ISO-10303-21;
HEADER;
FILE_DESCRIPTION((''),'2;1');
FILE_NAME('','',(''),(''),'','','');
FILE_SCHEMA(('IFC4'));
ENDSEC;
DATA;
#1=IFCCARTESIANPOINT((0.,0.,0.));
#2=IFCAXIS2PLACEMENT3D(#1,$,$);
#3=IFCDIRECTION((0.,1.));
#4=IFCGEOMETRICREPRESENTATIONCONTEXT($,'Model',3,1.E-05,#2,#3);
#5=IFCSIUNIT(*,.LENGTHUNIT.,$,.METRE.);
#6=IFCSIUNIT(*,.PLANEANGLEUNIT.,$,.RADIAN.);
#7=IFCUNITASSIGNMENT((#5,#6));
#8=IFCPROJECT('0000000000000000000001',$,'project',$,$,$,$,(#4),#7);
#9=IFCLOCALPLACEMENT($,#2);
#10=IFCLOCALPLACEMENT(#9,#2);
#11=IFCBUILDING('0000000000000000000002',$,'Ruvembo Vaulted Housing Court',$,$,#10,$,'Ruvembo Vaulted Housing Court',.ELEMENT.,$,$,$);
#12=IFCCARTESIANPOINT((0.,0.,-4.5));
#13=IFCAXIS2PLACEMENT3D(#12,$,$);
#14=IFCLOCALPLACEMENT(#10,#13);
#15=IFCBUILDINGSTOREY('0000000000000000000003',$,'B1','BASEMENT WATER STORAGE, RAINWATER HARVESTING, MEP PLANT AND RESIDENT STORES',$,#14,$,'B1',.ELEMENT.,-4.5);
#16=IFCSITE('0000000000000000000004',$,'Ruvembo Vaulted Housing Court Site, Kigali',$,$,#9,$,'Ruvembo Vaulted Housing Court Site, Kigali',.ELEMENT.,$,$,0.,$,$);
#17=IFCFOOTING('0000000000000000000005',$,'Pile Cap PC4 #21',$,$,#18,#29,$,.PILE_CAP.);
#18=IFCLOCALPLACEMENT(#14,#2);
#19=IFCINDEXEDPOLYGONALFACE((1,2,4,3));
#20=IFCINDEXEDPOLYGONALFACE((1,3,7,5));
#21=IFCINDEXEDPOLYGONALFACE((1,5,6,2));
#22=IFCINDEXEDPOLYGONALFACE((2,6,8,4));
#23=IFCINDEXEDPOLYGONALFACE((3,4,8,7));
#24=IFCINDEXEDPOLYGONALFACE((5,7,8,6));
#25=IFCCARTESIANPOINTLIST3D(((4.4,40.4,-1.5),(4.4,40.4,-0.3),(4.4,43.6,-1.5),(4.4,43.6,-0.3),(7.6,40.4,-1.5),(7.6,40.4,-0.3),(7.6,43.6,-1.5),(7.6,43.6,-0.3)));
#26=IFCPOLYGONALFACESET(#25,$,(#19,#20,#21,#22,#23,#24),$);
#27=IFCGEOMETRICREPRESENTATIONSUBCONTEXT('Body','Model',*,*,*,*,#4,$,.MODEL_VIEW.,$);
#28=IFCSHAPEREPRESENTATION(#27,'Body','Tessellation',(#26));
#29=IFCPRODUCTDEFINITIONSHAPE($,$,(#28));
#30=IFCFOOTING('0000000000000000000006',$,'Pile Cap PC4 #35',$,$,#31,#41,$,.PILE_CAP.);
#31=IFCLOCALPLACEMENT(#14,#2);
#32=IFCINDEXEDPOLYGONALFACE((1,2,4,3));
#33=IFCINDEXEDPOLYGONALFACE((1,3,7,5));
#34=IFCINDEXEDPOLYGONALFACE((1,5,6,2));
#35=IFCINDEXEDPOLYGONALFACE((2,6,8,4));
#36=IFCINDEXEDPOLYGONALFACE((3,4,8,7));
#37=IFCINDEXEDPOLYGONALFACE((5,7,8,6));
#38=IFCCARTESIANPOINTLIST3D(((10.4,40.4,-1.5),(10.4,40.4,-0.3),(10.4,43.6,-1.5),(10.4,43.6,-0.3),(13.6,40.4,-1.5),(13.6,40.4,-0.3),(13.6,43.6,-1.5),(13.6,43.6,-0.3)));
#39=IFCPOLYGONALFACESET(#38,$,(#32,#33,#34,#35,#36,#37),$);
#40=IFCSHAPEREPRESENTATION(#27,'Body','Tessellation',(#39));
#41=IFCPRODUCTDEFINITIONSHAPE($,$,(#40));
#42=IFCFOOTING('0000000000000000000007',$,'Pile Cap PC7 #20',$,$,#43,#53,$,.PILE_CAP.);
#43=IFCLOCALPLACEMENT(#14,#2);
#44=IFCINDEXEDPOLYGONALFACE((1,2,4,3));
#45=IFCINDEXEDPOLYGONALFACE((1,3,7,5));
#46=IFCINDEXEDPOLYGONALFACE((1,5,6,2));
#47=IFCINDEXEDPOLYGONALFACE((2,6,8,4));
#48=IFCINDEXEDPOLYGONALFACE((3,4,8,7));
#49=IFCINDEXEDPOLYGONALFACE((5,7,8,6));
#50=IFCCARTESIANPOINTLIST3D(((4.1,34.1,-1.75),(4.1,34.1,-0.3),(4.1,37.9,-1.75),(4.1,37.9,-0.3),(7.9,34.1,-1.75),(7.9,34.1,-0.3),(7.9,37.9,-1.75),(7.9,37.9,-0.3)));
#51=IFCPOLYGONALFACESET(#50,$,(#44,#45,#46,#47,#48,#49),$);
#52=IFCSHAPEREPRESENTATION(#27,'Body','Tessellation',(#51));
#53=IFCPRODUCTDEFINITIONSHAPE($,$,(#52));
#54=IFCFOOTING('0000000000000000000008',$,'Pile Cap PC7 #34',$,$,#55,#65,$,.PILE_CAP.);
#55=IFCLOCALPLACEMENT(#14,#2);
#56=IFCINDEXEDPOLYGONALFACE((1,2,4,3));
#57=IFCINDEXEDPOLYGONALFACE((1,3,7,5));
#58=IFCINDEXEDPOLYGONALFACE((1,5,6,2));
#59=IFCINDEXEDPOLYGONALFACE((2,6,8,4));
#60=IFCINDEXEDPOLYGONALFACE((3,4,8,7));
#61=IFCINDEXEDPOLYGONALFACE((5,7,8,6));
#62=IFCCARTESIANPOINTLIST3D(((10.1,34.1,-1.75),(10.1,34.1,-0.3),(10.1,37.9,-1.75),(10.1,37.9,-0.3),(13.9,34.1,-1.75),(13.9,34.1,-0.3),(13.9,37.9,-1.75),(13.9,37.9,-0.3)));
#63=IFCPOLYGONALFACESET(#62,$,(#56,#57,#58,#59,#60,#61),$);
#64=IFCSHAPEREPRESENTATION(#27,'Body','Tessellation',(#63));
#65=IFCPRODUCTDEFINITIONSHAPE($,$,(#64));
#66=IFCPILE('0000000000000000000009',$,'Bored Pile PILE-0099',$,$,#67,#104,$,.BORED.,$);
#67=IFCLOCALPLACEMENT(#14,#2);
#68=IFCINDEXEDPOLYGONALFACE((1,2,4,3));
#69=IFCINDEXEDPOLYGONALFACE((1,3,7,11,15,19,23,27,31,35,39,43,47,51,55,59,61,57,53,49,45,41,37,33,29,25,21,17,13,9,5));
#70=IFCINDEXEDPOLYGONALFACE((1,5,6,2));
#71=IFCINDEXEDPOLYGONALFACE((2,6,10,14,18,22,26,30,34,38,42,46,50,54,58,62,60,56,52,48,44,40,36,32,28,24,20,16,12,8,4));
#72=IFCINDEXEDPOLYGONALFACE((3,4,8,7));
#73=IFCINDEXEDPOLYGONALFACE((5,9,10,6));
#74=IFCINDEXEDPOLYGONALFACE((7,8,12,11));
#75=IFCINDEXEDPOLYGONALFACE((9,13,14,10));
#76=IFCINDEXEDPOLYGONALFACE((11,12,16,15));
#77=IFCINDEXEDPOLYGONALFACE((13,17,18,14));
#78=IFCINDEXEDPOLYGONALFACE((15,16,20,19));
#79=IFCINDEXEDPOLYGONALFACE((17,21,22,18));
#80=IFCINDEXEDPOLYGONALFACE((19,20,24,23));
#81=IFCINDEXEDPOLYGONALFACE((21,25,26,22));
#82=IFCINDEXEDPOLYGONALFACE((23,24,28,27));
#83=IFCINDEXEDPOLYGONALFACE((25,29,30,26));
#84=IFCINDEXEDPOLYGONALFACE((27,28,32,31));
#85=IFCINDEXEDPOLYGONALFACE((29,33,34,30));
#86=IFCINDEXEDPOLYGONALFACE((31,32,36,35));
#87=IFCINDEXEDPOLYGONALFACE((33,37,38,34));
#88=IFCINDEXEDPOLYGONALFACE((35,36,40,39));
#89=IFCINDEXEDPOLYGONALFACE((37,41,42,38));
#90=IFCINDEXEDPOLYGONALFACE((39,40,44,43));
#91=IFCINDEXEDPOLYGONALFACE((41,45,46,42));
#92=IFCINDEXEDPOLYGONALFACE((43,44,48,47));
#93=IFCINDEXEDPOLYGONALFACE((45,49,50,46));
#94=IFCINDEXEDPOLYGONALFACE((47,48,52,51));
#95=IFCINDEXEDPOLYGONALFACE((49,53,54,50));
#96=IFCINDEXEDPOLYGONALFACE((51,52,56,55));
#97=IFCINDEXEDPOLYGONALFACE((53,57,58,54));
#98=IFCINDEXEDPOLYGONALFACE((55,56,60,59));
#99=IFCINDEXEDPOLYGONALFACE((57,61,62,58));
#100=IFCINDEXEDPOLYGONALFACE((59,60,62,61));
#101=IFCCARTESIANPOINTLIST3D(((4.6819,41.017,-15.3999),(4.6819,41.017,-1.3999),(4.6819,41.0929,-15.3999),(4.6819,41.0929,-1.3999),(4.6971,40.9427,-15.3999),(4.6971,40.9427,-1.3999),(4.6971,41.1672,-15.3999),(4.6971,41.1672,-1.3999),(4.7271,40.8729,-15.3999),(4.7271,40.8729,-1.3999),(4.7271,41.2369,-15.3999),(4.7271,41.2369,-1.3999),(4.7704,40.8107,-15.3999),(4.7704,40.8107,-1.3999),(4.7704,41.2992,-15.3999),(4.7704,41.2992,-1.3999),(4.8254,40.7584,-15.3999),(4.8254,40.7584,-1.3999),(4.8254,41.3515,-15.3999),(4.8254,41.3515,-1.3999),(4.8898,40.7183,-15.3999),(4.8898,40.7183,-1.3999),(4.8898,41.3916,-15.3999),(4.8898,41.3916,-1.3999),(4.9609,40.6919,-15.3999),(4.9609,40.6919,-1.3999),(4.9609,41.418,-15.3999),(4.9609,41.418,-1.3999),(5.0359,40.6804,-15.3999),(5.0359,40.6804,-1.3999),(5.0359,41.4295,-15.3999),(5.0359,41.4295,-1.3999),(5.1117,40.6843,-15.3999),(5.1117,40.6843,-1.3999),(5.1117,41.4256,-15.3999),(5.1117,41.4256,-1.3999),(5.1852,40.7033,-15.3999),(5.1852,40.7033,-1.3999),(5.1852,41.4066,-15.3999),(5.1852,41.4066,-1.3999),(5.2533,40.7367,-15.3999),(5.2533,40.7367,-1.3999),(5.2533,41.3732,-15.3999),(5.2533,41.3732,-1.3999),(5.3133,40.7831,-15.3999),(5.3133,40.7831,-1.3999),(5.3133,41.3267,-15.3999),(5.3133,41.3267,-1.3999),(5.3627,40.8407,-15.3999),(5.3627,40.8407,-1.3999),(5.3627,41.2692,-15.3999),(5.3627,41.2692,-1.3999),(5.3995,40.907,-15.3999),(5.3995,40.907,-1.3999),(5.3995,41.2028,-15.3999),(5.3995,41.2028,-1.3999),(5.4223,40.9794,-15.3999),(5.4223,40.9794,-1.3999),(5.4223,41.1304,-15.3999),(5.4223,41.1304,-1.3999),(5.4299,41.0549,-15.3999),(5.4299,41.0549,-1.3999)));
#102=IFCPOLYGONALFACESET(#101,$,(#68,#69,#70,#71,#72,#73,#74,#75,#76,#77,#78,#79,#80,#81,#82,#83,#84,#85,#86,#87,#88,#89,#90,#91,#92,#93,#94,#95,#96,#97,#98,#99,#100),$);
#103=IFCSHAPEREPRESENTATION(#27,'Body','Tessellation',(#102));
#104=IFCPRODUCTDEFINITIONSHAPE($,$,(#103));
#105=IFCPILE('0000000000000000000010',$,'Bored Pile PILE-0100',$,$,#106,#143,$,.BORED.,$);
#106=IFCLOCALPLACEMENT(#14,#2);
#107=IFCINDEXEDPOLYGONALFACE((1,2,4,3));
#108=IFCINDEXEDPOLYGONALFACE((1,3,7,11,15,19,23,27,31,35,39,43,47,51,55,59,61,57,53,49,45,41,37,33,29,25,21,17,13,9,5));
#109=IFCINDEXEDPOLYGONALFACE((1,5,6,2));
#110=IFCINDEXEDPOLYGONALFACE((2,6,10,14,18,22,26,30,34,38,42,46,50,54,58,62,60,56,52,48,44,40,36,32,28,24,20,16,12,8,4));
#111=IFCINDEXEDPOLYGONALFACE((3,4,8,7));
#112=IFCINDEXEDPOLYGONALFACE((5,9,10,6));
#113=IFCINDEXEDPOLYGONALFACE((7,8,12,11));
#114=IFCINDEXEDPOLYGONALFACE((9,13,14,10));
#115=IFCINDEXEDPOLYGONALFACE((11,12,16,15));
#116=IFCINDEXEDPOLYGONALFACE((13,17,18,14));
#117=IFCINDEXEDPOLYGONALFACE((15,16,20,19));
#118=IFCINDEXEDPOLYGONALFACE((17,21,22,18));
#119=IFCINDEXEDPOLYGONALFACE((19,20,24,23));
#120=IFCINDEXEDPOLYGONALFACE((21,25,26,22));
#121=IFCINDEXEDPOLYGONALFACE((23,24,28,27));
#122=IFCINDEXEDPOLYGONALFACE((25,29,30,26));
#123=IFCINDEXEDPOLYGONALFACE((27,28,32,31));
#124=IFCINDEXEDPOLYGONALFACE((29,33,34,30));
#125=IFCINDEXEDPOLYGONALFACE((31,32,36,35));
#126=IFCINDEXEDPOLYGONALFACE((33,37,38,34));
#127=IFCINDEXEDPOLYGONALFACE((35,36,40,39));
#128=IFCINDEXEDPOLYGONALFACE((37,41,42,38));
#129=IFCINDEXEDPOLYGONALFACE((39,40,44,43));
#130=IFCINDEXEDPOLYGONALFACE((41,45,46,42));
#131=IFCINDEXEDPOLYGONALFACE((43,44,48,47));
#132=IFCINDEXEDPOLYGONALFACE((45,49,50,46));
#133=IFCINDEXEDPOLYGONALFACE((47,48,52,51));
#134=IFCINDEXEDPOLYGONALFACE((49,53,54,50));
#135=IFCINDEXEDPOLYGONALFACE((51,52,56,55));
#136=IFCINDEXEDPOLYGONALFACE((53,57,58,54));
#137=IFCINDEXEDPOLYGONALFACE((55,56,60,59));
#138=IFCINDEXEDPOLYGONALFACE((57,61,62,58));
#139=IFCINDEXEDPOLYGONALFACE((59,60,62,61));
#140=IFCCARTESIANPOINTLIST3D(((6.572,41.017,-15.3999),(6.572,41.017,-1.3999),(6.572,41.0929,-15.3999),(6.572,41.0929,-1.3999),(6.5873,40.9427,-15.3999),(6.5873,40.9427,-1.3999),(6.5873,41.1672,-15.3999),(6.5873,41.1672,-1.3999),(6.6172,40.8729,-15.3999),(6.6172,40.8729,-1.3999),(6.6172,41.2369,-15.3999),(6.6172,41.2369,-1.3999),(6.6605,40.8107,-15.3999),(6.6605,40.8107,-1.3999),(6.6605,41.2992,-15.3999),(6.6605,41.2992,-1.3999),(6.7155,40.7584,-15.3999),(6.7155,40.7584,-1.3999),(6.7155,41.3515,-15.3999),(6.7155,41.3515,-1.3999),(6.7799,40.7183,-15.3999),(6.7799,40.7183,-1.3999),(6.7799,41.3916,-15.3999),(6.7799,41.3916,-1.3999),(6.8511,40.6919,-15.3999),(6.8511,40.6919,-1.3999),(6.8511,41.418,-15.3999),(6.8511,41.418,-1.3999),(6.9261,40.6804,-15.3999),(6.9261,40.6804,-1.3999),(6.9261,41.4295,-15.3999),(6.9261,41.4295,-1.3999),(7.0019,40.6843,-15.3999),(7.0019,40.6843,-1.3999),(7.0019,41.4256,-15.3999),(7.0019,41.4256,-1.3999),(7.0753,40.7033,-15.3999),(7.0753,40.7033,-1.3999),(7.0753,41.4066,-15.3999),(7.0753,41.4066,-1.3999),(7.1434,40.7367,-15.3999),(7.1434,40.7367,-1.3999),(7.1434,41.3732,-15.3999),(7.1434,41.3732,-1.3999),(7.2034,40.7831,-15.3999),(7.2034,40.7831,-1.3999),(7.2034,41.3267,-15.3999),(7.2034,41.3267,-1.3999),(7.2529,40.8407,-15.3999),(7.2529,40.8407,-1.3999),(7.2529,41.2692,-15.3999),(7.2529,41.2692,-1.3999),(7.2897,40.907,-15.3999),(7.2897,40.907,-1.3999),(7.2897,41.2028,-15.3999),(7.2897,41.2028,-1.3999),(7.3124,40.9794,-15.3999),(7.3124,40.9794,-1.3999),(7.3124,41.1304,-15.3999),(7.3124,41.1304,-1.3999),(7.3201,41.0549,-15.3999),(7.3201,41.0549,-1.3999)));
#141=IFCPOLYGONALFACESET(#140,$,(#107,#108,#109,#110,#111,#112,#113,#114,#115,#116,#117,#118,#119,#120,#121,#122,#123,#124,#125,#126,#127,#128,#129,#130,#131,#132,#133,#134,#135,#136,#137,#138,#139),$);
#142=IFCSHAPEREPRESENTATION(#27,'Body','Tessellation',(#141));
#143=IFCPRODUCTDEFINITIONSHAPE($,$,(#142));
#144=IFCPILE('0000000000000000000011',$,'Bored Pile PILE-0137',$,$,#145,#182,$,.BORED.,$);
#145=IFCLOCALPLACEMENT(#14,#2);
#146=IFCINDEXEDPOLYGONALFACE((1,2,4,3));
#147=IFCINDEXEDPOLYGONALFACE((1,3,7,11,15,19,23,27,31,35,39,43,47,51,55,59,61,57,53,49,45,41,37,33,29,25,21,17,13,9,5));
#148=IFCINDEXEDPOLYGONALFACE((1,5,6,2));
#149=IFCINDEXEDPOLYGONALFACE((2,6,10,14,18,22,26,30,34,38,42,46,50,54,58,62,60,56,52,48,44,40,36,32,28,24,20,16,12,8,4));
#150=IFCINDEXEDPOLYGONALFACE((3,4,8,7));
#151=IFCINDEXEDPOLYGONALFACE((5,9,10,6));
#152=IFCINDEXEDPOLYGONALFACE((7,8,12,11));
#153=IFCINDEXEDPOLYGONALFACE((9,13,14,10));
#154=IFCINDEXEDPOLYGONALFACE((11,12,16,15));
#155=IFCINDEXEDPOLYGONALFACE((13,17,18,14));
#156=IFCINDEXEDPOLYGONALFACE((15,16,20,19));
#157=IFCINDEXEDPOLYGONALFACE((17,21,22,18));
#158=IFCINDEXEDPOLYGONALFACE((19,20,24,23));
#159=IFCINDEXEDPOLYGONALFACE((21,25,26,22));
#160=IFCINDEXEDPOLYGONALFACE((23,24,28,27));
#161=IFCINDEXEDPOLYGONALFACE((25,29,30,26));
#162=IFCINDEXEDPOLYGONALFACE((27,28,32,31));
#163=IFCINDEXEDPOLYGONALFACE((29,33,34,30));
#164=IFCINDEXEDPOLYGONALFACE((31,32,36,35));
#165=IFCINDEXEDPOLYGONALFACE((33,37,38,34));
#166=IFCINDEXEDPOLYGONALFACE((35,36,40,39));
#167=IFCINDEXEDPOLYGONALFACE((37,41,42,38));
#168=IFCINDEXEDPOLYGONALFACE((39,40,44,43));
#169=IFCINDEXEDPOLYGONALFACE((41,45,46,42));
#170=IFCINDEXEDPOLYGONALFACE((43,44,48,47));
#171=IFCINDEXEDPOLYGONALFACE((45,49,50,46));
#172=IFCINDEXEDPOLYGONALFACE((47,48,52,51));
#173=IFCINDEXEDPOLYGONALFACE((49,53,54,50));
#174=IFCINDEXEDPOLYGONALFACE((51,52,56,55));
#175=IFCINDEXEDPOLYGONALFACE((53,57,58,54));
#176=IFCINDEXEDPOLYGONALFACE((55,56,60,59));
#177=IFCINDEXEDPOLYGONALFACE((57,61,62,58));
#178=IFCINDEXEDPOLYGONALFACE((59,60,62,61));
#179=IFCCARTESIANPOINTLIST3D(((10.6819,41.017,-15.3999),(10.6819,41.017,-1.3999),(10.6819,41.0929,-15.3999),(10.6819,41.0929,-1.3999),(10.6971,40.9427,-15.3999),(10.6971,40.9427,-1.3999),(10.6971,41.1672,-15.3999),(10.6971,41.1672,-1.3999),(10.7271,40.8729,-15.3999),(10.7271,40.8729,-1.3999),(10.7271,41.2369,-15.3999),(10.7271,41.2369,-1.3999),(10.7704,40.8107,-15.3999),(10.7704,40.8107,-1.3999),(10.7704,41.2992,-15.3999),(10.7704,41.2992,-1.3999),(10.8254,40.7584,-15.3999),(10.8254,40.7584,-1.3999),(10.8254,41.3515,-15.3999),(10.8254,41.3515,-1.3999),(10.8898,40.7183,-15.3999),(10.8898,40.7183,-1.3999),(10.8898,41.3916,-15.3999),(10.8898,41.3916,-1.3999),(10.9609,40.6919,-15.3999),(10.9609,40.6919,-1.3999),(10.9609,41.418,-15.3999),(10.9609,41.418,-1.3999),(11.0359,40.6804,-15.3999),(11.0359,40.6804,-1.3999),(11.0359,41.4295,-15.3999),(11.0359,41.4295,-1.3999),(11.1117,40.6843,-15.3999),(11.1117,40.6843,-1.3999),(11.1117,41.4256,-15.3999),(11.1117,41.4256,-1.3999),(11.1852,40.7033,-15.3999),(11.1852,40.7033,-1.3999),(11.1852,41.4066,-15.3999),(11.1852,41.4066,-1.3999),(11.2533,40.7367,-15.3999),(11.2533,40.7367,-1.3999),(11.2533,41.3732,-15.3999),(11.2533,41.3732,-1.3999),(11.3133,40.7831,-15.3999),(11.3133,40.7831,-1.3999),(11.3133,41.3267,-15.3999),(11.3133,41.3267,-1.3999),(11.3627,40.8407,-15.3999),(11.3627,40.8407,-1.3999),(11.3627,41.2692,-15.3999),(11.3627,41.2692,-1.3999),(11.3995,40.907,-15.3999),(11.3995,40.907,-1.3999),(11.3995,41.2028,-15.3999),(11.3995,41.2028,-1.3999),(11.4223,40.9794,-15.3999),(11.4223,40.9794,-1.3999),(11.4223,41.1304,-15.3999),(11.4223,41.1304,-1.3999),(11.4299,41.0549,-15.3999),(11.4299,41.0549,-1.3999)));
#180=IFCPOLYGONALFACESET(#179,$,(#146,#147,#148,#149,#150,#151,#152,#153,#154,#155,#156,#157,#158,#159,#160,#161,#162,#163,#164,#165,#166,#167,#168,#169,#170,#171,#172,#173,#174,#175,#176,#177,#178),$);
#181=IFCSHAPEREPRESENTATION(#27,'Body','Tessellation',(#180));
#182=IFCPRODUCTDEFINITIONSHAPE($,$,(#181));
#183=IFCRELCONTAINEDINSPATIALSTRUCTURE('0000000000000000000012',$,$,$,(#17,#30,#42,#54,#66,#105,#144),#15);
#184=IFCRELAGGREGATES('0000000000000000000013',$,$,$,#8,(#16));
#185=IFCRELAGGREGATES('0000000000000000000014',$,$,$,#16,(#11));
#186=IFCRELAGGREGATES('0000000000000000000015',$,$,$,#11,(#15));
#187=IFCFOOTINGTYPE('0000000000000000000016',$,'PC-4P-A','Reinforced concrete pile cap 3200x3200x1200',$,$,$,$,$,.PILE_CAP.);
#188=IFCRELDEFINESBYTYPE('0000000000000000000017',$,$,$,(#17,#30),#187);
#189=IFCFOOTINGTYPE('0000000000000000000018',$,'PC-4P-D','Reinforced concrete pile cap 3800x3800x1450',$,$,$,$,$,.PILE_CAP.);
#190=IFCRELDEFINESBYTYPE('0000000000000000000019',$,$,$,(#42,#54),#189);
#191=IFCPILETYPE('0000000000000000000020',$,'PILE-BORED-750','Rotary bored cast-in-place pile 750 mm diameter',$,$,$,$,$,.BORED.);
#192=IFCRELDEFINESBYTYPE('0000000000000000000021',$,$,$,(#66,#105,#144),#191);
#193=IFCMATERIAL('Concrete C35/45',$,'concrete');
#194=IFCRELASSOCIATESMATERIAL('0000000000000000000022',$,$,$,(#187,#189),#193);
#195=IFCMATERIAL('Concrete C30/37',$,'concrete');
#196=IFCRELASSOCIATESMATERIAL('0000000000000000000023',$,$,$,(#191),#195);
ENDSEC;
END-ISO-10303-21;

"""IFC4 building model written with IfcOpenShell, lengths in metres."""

from ifc_helpers import new_model, si_unit, direction, frame, origin, origin_2d, place, context, subcontext, project, spatial, rectangle, circle, extrude, material, material_profile, profile_set, type_object, element, save


model = new_model("IFC4")

# Units and contexts
model_context = context("Model", 3, precision=1e-05, world=origin(), true_north=direction((0.0, 1.0)))
body_context = subcontext(model_context, "Body", "Model", "MODEL_VIEW")
ifc_project = project(units=[si_unit("LENGTHUNIT", "METRE"), si_unit("PLANEANGLEUNIT", "RADIAN")], contexts=[model_context])

# Site, building, storey
site_placement = place(None, origin())
site = spatial("IfcSite", under=ifc_project, at=site_placement, Name="Ruvembo Vaulted Housing Court Site, Kigali", LongName="Ruvembo Vaulted Housing Court Site, Kigali", CompositionType="ELEMENT", RefElevation=0.0)
building_placement = place(site_placement, origin())
building = spatial("IfcBuilding", under=site, at=building_placement, Name="Ruvembo Vaulted Housing Court", LongName="Ruvembo Vaulted Housing Court", CompositionType="ELEMENT")
storey_placement = place(building_placement, frame((0.0, 0.0, -4.5)))
storey = spatial("IfcBuildingStorey", under=building, at=storey_placement, Name="B1", Description="BASEMENT WATER STORAGE, RAINWATER HARVESTING, MEP PLANT AND RESIDENT STORES", LongName="B1", CompositionType="ELEMENT", Elevation=-4.5)

# Footings
ifc_material_1 = material(Name="Concrete C35/45", Category="concrete")
footing_type_1 = type_object("IfcFootingType", Name="PC-4P-A", Description="Reinforced concrete pile cap 3200x3200x1200", PredefinedType="PILE_CAP", material=ifc_material_1)
for number, where, z_axis, x_axis, name in (
    (1, (6.0, 42.0, -1.5), (0.0, 0.0, 1.0), (1.0, 0.0, 0.0), "Pile Cap PC4 #21"),
    (2, (12.0, 42.0, -1.5), (0.0, 0.0, 1.0), (1.0, 0.0, 0.0), "Pile Cap PC4 #35"),
):
    element("IfcFooting", number, at=place(storey_placement, frame(where, z_axis=z_axis, x_axis=x_axis)), inside=storey, type_object=footing_type_1, Name=name, PredefinedType="PILE_CAP", context=body_context, shape_type="SweptSolid", body=[
        extrude(rectangle(XDim=3.2, YDim=3.2, at=origin_2d()), origin(), (0.0, 0.0, 1.0), 1.2),
    ])
footing_type_2 = type_object("IfcFootingType", Name="PC-4P-D", Description="Reinforced concrete pile cap 3800x3800x1450", PredefinedType="PILE_CAP", material=ifc_material_1)
for number, where, z_axis, x_axis, name in (
    (3, (6.0, 36.0, -1.75), (0.0, 0.0, 1.0), (1.0, 0.0, 0.0), "Pile Cap PC7 #20"),
    (4, (12.0, 36.0, -1.75), (0.0, 0.0, 1.0), (1.0, 0.0, 0.0), "Pile Cap PC7 #34"),
):
    element("IfcFooting", number, at=place(storey_placement, frame(where, z_axis=z_axis, x_axis=x_axis)), inside=storey, type_object=footing_type_2, Name=name, PredefinedType="PILE_CAP", context=body_context, shape_type="SweptSolid", body=[
        extrude(rectangle(XDim=3.8, YDim=3.8, at=origin_2d()), origin(), (0.0, 0.0, 1.0), 1.45),
    ])

# Piles
ifc_material_2 = material(Name="Concrete C30/37", Category="concrete")
ifc_material_profile_1 = material_profile(ifc_material_2, circle(Radius=0.375, at=origin_2d()), Name="PILE D750")
ifc_profile_set_1 = profile_set([ifc_material_profile_1], Name="Concrete C30/37")
pile_type_1 = type_object("IfcPileType", Name="PILE-BORED-750", Description="Rotary bored cast-in-place pile 750 mm diameter", PredefinedType="BORED", material=ifc_profile_set_1)
for number, where, z_axis, x_axis, name in (
    (5, (5.0549, 41.0549, -1.3999), (0.0, 0.0, -1.0), (1.0, 0.0, 0.0), "Bored Pile PILE-0099"),
    (6, (6.9451, 41.0549, -1.3999), (0.0, 0.0, -1.0), (1.0, 0.0, 0.0), "Bored Pile PILE-0100"),
    (7, (11.0549, 41.0549, -1.3999), (0.0, 0.0, -1.0), (1.0, 0.0, 0.0), "Bored Pile PILE-0137"),
):
    element("IfcPile", number, at=place(storey_placement, frame(where, z_axis=z_axis, x_axis=x_axis)), inside=storey, type_object=pile_type_1, Name=name, PredefinedType="BORED", context=body_context, shape_type="SweptSolid", body=[
        extrude(circle(Radius=0.375, at=origin_2d()), origin(), (0.0, 0.0, 1.0), 14.0),
    ])

save(model, "model.ifc")
